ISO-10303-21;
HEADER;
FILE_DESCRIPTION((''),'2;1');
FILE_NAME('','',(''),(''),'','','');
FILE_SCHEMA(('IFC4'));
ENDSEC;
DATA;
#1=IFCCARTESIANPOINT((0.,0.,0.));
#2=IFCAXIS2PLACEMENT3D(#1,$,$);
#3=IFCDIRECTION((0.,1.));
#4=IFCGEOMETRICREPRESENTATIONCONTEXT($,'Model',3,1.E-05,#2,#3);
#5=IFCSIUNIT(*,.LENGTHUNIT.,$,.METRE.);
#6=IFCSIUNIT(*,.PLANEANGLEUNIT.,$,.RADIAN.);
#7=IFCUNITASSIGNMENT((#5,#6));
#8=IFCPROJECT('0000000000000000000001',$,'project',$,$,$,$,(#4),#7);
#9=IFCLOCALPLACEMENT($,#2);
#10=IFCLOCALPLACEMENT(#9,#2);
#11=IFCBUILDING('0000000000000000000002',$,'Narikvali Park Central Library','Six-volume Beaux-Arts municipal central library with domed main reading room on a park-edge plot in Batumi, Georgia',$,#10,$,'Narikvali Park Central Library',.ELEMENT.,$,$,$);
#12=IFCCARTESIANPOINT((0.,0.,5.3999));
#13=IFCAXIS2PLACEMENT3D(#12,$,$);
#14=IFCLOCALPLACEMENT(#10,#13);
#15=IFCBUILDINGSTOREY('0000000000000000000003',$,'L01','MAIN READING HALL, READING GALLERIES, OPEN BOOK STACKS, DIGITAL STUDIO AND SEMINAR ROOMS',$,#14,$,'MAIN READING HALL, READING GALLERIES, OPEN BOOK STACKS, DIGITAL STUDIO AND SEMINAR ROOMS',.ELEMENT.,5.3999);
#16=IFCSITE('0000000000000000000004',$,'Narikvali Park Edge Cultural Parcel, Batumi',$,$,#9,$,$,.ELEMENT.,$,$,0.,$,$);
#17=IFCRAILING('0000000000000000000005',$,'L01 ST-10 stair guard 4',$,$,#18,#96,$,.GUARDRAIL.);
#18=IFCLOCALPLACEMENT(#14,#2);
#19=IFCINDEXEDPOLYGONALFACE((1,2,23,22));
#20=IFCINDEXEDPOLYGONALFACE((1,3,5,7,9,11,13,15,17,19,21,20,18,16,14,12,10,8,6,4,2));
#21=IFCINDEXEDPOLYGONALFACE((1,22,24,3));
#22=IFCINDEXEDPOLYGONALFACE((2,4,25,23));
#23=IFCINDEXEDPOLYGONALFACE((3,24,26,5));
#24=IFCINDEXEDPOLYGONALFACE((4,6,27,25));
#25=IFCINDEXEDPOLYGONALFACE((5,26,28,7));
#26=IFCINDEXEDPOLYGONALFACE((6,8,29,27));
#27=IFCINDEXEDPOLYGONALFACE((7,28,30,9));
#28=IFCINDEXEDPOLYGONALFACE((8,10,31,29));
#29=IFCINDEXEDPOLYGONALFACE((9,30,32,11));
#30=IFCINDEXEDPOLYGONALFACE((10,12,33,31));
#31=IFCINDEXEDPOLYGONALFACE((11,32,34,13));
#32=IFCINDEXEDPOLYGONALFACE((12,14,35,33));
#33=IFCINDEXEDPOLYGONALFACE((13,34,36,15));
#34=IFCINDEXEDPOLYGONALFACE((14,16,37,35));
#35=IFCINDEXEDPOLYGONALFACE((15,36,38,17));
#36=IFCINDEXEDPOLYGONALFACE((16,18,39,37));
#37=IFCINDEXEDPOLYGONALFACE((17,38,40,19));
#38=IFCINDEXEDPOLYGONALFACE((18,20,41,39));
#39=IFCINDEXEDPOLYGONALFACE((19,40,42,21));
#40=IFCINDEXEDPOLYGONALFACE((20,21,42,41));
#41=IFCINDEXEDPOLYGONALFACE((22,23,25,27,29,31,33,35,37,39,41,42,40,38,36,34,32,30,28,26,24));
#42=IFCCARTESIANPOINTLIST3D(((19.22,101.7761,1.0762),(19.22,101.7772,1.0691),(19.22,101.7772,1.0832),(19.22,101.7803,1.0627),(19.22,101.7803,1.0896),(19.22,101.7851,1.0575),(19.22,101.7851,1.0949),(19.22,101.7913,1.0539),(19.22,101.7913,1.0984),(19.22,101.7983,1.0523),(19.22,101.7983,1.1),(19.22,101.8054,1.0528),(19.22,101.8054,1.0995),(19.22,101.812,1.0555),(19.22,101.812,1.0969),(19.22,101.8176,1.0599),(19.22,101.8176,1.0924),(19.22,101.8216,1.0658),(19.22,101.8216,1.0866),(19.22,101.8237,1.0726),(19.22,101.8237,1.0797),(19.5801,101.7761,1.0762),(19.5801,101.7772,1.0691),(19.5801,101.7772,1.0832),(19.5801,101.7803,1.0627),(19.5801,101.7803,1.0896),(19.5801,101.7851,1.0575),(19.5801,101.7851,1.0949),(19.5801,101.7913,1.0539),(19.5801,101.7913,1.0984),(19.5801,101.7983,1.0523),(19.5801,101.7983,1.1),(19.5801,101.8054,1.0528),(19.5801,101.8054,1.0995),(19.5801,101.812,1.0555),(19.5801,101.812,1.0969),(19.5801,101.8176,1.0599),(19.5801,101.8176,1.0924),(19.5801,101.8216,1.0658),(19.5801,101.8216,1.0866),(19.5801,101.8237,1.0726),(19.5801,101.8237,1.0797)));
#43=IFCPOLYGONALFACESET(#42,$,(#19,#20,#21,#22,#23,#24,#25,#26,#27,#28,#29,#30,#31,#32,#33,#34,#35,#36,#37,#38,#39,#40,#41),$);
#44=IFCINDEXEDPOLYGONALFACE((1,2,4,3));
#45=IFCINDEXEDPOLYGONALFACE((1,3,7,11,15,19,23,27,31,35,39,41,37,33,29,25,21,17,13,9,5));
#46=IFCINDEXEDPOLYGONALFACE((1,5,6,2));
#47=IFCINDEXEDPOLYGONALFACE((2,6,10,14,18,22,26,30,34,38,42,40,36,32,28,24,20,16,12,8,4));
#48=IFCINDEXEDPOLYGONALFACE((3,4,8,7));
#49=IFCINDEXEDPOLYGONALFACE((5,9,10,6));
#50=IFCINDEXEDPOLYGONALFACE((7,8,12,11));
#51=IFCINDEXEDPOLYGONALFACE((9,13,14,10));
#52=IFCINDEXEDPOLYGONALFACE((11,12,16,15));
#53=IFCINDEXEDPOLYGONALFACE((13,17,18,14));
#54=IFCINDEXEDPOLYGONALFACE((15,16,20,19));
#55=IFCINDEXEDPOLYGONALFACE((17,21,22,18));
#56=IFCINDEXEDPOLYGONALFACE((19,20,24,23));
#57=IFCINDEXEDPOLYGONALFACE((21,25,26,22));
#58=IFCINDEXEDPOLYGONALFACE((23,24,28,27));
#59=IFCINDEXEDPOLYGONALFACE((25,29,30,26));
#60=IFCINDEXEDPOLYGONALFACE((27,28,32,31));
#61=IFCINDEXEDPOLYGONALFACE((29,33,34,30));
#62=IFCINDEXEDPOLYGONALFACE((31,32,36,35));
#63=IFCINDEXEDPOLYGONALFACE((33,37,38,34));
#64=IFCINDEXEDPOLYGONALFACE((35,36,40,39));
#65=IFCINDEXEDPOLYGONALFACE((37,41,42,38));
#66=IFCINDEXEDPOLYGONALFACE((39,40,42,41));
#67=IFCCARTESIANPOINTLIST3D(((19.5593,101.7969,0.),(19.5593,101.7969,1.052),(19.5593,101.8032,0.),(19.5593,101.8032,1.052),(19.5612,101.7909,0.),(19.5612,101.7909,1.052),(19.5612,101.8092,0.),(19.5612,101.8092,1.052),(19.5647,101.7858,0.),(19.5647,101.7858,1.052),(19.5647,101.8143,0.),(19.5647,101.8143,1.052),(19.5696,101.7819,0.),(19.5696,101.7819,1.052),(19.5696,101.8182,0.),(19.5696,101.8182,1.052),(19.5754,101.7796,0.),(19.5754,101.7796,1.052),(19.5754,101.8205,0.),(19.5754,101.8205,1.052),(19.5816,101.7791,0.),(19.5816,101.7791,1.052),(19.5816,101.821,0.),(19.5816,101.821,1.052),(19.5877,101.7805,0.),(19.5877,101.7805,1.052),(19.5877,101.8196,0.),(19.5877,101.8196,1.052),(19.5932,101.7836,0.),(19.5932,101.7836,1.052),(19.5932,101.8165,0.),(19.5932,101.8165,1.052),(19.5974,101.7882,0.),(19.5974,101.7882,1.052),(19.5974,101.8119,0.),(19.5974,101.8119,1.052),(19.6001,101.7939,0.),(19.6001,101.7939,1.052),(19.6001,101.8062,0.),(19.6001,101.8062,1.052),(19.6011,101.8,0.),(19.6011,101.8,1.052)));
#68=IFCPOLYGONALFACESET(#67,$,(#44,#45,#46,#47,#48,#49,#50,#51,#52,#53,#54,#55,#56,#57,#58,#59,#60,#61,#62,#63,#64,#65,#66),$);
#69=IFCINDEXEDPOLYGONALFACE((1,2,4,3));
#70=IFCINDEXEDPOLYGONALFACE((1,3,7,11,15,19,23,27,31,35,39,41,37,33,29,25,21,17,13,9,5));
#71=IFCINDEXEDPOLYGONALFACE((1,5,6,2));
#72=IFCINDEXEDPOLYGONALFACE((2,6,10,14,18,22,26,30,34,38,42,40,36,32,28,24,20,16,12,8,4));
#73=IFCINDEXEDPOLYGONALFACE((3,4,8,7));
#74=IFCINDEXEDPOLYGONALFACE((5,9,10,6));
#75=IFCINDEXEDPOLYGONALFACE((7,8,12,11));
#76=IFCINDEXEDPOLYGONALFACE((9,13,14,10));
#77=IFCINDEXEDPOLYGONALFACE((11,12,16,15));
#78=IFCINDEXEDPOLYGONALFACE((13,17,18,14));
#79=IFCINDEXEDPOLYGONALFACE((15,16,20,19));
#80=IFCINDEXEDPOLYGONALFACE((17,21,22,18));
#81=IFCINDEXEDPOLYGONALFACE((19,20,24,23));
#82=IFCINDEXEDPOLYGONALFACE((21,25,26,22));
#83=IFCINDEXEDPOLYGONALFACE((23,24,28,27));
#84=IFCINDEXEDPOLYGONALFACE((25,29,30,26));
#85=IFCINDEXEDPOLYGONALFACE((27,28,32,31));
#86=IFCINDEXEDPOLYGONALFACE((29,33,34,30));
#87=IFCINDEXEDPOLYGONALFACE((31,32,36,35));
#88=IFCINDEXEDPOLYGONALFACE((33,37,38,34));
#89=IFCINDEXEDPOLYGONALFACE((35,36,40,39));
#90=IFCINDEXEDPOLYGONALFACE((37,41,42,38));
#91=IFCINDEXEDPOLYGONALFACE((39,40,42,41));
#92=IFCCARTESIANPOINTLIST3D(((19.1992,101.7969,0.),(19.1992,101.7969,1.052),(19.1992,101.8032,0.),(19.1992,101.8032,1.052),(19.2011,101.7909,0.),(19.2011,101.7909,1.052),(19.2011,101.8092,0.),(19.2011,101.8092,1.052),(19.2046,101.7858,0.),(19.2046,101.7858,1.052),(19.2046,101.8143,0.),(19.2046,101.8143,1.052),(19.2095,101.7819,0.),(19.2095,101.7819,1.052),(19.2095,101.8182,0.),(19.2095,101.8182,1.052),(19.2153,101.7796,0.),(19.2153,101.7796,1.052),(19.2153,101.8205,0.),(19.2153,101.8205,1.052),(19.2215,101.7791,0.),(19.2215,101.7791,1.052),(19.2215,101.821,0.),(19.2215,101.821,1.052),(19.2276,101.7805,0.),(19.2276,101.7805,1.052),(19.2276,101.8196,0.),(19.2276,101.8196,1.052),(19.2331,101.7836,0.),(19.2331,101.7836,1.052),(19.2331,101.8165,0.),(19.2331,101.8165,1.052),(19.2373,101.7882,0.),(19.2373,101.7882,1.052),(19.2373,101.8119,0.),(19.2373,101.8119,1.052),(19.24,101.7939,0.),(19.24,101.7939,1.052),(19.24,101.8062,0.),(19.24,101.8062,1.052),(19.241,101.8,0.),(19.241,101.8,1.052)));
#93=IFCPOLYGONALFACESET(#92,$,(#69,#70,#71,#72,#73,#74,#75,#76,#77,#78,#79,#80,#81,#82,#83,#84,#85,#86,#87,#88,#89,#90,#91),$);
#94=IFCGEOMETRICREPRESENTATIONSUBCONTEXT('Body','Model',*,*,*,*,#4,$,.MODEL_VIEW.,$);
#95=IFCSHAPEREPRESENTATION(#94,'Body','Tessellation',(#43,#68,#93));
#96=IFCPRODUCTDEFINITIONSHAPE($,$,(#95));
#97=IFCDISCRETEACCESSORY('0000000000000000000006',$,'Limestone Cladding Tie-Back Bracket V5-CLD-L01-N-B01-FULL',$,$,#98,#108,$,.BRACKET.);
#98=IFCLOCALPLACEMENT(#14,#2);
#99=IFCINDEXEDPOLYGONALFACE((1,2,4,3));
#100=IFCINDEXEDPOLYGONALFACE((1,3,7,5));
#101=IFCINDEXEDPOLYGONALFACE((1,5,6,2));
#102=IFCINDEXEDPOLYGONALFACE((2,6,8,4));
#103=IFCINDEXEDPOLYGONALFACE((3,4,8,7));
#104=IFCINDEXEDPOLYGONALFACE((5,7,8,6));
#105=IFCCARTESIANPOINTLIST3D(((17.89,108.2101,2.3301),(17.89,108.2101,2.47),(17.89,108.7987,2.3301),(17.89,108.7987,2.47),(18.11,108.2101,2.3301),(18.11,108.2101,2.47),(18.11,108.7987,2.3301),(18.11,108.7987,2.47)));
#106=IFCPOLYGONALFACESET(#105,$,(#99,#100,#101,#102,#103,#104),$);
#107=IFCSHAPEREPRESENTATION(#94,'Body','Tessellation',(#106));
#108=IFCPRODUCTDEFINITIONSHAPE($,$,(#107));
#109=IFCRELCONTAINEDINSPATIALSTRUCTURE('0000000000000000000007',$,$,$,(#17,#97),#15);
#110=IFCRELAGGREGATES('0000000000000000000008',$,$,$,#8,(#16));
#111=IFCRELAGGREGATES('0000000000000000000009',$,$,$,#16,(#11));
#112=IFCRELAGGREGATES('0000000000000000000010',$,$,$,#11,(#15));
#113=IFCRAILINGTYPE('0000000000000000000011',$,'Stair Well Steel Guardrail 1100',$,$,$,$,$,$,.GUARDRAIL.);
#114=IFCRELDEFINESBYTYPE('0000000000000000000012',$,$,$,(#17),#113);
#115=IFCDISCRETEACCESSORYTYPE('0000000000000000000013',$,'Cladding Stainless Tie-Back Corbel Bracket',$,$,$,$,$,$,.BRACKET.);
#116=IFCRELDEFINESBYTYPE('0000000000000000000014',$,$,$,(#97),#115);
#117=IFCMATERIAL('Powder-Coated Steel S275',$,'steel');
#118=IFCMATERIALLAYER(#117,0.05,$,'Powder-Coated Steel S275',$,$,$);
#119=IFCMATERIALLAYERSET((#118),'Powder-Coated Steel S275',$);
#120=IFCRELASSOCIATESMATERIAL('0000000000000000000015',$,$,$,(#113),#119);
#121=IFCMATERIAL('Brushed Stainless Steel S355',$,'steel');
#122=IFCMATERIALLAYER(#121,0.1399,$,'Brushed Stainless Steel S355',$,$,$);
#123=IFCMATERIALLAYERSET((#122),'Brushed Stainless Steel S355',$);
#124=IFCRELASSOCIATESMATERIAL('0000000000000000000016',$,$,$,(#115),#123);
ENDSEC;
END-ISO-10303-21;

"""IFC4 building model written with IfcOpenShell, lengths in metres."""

from ifc_helpers import new_model, si_unit, direction, frame, origin, origin_2d, place, context, subcontext, project, spatial, rectangle, circle, extrude, material, layer, layer_set, type_object, element, save


model = new_model("IFC4")

# Units and contexts
model_context = context("Model", 3, precision=1e-05, world=origin(), true_north=direction((0.0, 1.0)))
body_context = subcontext(model_context, "Body", "Model", "MODEL_VIEW")
ifc_project = project(units=[si_unit("LENGTHUNIT", "METRE"), si_unit("PLANEANGLEUNIT", "RADIAN")], contexts=[model_context])

# Site, building, storey
site_placement = place(None, origin())
site = spatial("IfcSite", under=ifc_project, at=site_placement, Name="Narikvali Park Edge Cultural Parcel, Batumi", CompositionType="ELEMENT", RefElevation=0.0)
building_placement = place(site_placement, origin())
building = spatial("IfcBuilding", under=site, at=building_placement, Name="Narikvali Park Central Library", Description="Six-volume Beaux-Arts municipal central library with domed main reading room on a park-edge plot in Batumi, Georgia", LongName="Narikvali Park Central Library", CompositionType="ELEMENT")
storey_placement = place(building_placement, frame((0.0, 0.0, 5.3999)))
storey = spatial("IfcBuildingStorey", under=building, at=storey_placement, Name="L01", Description="MAIN READING HALL, READING GALLERIES, OPEN BOOK STACKS, DIGITAL STUDIO AND SEMINAR ROOMS", LongName="MAIN READING HALL, READING GALLERIES, OPEN BOOK STACKS, DIGITAL STUDIO AND SEMINAR ROOMS", CompositionType="ELEMENT", Elevation=5.3999)

# Shared definitions
ifc_material_1 = material(Name="Brushed Stainless Steel S355", Category="steel")

# Railing
ifc_material_2 = material(Name="Powder-Coated Steel S275", Category="steel")
ifc_layer_1 = layer(ifc_material_2, 0.05, Name="Powder-Coated Steel S275")
ifc_layer_set_1 = layer_set([ifc_layer_1], Name="Powder-Coated Steel S275")
railing_type_1 = type_object("IfcRailingType", Name="Stair Well Steel Guardrail 1100", PredefinedType="GUARDRAIL", material=ifc_layer_set_1)
railing_1_placement = place(storey_placement, frame((19.5801, 101.8, 0.0)))
element("IfcRailing", 1, at=railing_1_placement, inside=storey, type_object=railing_type_1, Name="L01 ST-10 stair guard 4", PredefinedType="GUARDRAIL", context=body_context, shape_type="SweptSolid", body=[
    extrude(circle(Radius=0.0239, at=origin_2d()), frame((0.0, 0.0, 1.0762), z_axis=(-1.0, 0.0, 0.0), x_axis=(0.0, -1.0, 0.0)), (0.0, 0.0, 1.0), 0.3601),
    extrude(circle(Radius=0.021, at=origin_2d()), origin(), (0.0, 0.0, 1.0), 1.052),
    extrude(circle(Radius=0.021, at=origin_2d()), frame((-0.3601, 0.0, 0.0)), (0.0, 0.0, 1.0), 1.052),
])

# Discrete accessory
ifc_layer_2 = layer(ifc_material_1, 0.1399, Name="Brushed Stainless Steel S355")
ifc_layer_set_2 = layer_set([ifc_layer_2], Name="Brushed Stainless Steel S355")
discrete_accessory_type = type_object("IfcDiscreteAccessoryType", Name="Cladding Stainless Tie-Back Corbel Bracket", PredefinedType="BRACKET", material=ifc_layer_set_2)
discrete_accessory_placement = place(storey_placement, frame((18.0, 108.5044, 2.3301), z_axis=(0.0, 0.0, 1.0), x_axis=(1.0, 0.0, 0.0)))
element("IfcDiscreteAccessory", 2, at=discrete_accessory_placement, inside=storey, type_object=discrete_accessory_type, Name="Limestone Cladding Tie-Back Bracket V5-CLD-L01-N-B01-FULL", PredefinedType="BRACKET", context=body_context, shape_type="SweptSolid", body=[
    extrude(rectangle(XDim=0.22, YDim=0.5886, at=origin_2d()), origin(), (0.0, 0.0, 1.0), 0.1399),
])

save(model, "model.ifc")
